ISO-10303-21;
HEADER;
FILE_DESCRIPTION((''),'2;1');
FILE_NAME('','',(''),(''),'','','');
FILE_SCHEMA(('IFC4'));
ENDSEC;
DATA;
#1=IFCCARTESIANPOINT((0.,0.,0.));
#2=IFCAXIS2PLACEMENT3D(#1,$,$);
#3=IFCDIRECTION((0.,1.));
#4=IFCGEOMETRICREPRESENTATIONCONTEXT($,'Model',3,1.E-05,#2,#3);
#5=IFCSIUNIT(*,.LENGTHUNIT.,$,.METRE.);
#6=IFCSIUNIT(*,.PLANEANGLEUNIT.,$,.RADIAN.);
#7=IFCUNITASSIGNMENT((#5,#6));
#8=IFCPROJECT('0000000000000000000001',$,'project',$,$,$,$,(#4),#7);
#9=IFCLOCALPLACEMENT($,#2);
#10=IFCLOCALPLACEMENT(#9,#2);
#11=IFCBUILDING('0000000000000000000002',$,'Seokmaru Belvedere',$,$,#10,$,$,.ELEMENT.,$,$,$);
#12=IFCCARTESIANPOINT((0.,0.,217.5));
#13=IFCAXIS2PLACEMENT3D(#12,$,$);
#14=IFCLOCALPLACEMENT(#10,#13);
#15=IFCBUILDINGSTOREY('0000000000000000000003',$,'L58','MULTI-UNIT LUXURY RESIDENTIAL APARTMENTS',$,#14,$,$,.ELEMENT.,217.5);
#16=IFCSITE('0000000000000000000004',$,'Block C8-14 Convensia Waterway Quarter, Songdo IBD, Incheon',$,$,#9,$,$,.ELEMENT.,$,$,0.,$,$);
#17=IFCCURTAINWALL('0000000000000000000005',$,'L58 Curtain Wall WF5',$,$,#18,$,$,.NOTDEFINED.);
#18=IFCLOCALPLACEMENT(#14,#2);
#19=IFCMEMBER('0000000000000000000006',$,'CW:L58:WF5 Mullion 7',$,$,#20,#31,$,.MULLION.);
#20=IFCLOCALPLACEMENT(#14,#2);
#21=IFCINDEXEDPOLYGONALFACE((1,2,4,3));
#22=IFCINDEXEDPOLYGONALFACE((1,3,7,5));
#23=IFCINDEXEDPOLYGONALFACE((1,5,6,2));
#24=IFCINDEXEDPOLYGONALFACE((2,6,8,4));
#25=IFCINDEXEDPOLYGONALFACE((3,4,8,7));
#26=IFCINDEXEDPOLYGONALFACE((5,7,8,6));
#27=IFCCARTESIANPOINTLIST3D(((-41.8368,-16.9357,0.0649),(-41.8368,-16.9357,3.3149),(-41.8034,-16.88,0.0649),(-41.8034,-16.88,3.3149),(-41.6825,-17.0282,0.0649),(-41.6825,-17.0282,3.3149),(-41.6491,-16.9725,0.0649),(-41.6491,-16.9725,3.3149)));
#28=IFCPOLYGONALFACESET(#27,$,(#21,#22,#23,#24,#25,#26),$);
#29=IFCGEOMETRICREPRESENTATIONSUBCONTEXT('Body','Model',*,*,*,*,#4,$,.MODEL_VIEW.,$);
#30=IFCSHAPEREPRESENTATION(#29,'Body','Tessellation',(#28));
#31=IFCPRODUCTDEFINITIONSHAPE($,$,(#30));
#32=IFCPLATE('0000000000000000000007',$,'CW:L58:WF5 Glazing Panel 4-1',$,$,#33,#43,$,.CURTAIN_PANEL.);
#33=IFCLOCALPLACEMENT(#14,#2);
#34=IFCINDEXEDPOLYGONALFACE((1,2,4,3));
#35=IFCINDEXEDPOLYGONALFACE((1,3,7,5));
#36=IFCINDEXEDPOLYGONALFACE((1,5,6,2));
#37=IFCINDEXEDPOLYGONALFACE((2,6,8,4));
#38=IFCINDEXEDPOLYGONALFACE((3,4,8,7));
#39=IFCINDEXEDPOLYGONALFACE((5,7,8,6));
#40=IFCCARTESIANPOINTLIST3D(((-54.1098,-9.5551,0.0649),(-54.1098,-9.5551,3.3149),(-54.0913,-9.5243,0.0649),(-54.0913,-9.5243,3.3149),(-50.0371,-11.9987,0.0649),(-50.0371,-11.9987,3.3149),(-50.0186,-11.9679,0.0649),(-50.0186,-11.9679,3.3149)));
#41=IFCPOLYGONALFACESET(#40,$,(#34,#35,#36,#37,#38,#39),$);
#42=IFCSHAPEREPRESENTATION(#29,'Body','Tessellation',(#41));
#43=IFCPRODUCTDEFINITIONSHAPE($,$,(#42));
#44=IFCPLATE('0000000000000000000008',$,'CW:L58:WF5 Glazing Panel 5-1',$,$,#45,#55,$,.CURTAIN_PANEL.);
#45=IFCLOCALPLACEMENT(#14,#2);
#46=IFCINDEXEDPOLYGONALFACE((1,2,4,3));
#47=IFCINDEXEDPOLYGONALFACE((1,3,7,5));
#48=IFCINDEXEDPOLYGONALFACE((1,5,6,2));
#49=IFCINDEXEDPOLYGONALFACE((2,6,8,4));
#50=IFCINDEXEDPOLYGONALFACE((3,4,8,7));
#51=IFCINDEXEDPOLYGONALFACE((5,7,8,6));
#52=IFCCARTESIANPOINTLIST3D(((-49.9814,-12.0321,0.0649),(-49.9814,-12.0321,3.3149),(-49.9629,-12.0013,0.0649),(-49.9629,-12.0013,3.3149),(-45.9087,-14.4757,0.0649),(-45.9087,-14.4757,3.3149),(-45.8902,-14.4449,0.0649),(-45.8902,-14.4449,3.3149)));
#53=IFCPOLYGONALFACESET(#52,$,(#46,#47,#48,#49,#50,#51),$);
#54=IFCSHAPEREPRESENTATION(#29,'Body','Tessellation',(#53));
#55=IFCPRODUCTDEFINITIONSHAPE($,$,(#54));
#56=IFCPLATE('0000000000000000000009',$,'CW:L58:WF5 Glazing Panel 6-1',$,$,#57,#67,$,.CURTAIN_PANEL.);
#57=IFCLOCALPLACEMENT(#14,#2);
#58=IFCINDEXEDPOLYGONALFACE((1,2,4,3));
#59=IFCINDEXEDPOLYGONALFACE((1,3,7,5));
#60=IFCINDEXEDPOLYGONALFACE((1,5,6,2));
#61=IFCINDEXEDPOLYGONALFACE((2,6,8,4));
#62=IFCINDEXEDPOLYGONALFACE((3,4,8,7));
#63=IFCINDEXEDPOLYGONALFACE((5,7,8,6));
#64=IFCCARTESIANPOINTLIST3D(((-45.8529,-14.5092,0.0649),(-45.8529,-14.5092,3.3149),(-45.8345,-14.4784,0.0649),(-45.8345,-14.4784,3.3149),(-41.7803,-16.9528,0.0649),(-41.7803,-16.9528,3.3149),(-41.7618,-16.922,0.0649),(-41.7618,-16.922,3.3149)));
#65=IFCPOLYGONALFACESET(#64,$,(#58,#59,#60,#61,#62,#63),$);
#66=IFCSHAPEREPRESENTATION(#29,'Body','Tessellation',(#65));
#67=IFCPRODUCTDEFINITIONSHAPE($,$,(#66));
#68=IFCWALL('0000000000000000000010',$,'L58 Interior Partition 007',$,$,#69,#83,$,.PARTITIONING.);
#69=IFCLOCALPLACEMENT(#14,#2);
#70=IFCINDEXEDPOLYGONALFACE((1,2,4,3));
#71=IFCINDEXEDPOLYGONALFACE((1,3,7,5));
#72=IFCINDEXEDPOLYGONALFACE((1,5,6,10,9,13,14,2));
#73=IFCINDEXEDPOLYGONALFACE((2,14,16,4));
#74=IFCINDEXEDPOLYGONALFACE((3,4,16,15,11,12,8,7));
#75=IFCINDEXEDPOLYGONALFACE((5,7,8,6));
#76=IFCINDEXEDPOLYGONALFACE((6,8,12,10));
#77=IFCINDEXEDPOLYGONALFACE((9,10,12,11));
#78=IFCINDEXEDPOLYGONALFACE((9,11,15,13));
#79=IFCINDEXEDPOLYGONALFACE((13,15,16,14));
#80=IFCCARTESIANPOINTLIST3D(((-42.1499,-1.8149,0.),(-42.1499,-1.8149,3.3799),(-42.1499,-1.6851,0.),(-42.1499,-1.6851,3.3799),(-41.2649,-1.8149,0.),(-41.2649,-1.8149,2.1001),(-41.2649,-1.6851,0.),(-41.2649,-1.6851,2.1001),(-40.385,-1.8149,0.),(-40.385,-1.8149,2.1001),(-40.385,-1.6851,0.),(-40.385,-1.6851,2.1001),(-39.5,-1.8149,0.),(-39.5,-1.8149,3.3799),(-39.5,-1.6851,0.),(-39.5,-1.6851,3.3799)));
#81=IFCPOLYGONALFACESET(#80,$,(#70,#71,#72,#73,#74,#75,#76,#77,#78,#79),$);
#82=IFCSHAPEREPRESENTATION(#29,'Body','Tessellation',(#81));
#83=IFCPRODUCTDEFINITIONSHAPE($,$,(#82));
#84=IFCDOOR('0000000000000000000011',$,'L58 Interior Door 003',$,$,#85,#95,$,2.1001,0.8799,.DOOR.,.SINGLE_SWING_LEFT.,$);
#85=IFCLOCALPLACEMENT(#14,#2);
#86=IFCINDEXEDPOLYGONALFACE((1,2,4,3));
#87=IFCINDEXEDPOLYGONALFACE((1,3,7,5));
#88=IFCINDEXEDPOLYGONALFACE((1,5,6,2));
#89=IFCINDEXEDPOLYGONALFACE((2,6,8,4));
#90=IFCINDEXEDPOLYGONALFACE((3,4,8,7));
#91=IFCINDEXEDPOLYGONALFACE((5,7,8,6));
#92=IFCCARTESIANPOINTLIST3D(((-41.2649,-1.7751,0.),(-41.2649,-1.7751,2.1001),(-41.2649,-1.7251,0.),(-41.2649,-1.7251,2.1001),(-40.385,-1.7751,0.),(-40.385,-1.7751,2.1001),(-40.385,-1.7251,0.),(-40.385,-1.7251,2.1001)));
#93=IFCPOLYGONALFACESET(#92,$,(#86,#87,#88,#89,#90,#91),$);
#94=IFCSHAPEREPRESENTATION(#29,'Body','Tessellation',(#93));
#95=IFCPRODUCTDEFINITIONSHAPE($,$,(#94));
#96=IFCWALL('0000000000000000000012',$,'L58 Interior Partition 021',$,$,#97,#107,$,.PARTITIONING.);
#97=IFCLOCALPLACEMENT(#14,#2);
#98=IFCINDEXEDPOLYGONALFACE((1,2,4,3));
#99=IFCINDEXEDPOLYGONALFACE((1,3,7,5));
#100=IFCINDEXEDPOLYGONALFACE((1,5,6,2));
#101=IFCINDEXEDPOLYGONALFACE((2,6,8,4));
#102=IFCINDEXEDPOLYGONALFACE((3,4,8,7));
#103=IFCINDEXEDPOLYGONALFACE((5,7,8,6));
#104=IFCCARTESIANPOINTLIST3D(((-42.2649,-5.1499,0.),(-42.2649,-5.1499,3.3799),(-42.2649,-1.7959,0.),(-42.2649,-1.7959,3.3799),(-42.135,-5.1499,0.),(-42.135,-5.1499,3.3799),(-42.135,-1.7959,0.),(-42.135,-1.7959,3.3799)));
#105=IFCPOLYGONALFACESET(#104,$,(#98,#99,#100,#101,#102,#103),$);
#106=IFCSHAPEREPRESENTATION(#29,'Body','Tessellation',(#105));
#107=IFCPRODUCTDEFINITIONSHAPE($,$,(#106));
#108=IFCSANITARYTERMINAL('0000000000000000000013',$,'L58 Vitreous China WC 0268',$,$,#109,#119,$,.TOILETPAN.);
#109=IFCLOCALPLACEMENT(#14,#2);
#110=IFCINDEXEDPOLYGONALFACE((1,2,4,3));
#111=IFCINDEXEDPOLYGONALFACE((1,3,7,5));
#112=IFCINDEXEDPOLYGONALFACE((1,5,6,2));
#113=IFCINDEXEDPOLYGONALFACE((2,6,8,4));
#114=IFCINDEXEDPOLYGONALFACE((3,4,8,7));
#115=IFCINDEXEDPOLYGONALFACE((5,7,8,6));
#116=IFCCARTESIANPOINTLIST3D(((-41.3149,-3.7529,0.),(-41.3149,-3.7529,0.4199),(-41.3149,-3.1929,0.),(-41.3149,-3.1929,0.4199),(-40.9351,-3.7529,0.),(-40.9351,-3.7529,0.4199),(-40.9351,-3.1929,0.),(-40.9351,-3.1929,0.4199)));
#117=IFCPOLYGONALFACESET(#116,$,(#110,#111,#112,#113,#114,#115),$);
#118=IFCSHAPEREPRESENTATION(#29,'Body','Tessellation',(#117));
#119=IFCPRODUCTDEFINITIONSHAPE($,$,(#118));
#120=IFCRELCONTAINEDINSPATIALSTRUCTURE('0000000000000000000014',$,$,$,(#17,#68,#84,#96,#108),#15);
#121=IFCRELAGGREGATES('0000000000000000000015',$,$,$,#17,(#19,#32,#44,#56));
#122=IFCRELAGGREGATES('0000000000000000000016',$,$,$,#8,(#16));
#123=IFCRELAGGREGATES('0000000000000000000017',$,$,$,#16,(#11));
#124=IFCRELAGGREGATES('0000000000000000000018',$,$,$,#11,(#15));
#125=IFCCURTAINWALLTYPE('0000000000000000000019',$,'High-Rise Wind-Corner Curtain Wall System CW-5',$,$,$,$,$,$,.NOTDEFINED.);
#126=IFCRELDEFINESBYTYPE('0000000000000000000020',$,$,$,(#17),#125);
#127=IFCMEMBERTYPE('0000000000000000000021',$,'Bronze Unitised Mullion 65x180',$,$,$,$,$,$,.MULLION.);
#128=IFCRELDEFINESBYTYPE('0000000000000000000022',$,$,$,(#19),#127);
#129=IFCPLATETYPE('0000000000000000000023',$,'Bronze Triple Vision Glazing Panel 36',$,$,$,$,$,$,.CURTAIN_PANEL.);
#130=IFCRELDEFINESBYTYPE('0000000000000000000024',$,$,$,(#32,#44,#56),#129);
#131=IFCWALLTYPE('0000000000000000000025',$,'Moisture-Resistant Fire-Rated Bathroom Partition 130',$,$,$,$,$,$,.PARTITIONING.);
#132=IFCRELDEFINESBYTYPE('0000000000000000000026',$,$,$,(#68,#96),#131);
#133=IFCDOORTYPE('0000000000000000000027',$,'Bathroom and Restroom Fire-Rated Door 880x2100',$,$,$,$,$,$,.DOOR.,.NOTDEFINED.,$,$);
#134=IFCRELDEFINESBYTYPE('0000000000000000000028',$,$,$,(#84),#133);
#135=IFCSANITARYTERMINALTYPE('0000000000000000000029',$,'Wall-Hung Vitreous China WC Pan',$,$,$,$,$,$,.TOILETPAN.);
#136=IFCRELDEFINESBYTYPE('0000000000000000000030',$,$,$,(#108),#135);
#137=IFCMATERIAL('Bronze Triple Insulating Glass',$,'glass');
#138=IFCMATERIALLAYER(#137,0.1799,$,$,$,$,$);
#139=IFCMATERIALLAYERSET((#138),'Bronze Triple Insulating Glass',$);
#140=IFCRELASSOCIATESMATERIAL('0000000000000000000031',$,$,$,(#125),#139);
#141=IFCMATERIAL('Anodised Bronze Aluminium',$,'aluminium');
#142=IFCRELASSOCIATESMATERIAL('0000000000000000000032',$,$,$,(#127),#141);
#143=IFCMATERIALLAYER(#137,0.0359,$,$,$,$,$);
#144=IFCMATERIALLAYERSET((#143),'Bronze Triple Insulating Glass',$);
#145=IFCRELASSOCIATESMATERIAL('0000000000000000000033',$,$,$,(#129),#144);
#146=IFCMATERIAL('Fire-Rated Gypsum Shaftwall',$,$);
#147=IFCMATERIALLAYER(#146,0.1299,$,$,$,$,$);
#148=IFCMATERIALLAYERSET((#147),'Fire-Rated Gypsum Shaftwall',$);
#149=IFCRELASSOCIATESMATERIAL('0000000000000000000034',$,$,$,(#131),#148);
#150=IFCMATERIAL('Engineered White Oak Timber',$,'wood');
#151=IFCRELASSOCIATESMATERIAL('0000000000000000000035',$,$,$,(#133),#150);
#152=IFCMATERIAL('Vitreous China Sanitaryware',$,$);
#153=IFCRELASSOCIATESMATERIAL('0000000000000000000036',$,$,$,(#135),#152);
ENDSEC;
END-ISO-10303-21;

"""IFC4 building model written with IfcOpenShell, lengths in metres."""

from ifc_helpers import new_model, si_unit, direction, frame, frame_2d, origin, origin_2d, place, context, subcontext, project, spatial, rectangle, extrude, source, transform, mapped, material, layer, layer_set, material_profile, profile_set, type_object, type_shapes, element, fill, aggregate, save


model = new_model("IFC4")

# Units and contexts
model_context = context("Model", 3, precision=1e-05, world=origin(), true_north=direction((0.0, 1.0)))
body_context = subcontext(model_context, "Body", "Model", "MODEL_VIEW")
ifc_project = project(units=[si_unit("LENGTHUNIT", "METRE"), si_unit("PLANEANGLEUNIT", "RADIAN")], contexts=[model_context])

# Site, building, storey
site_placement = place(None, origin())
site = spatial("IfcSite", under=ifc_project, at=site_placement, Name="Block C8-14 Convensia Waterway Quarter, Songdo IBD, Incheon", CompositionType="ELEMENT", RefElevation=0.0)
building_placement = place(site_placement, origin())
building = spatial("IfcBuilding", under=site, at=building_placement, Name="Seokmaru Belvedere", CompositionType="ELEMENT")
storey_placement = place(building_placement, frame((0.0, 0.0, 217.5)))
storey = spatial("IfcBuildingStorey", under=building, at=storey_placement, Name="L58", Description="MULTI-UNIT LUXURY RESIDENTIAL APARTMENTS", CompositionType="ELEMENT", Elevation=217.5)

# Curtain wall, member, plates
ifc_material_1 = material(Name="Bronze Triple Insulating Glass", Category="glass")
ifc_layer_1 = layer(ifc_material_1, 0.1799)
ifc_layer_set_1 = layer_set([ifc_layer_1], Name="Bronze Triple Insulating Glass")
curtain_wall_type = type_object("IfcCurtainWallType", Name="High-Rise Wind-Corner Curtain Wall System CW-5", PredefinedType="NOTDEFINED", material=ifc_layer_set_1)
curtain_wall_placement = place(storey_placement, origin())
curtain_wall = element("IfcCurtainWall", 1, at=curtain_wall_placement, inside=storey, type_object=curtain_wall_type, Name="L58 Curtain Wall WF5", PredefinedType="NOTDEFINED")
ifc_material_2 = material(Name="Anodised Bronze Aluminium", Category="aluminium")
ifc_material_profile_1 = material_profile(ifc_material_2, rectangle(XDim=0.0649, YDim=0.1799, at=origin_2d()), Name="CW-M-65x180")
ifc_profile_set_1 = profile_set([ifc_material_profile_1], Name="Anodised Bronze Aluminium")
member_type = type_object("IfcMemberType", Name="Bronze Unitised Mullion 65x180", PredefinedType="MULLION", material=ifc_profile_set_1)
shared_shape_1 = source(origin(), body_context, "Body", "SweptSolid", [
    extrude(rectangle(XDim=0.0649, YDim=0.1799, at=origin_2d()), origin(), (0.0, 0.0, 1.0), 3.25),
])
type_shapes(member_type, [shared_shape_1])
member_1_placement = place(storey_placement, frame((-41.7429, -16.9541, 0.0649), z_axis=(0.0, 0.0, 1.0), x_axis=(0.514495, 0.857493, 0.0)))
member_1 = element("IfcMember", 2, at=member_1_placement, type_object=member_type, Name="CW:L58:WF5 Mullion 7", PredefinedType="MULLION", context=body_context, shape_type="MappedRepresentation", body=[
    mapped(shared_shape_1, transform((0.0, 0.0, 0.0), scale=1.0)),
])
ifc_layer_2 = layer(ifc_material_1, 0.0359)
ifc_layer_set_2 = layer_set([ifc_layer_2], Name="Bronze Triple Insulating Glass")
plate_type = type_object("IfcPlateType", Name="Bronze Triple Vision Glazing Panel 36", PredefinedType="CURTAIN_PANEL", material=ifc_layer_set_2)
shared_shape_2 = source(origin(), body_context, "Body", "SweptSolid", [
    extrude(rectangle(XDim=4.7495, YDim=0.0359, at=origin_2d()), origin(), (0.0, 0.0, 1.0), 3.25),
])
type_shapes(plate_type, [shared_shape_2])
plate_1_placement = place(storey_placement, frame((-52.0642, -10.7615, 0.0649), z_axis=(0.0, 0.0, 1.0), x_axis=(0.857493, -0.514495, 0.0)))
plate_1 = element("IfcPlate", 3, at=plate_1_placement, type_object=plate_type, Name="CW:L58:WF5 Glazing Panel 4-1", PredefinedType="CURTAIN_PANEL", context=body_context, shape_type="MappedRepresentation", body=[
    mapped(shared_shape_2, transform((0.0, 0.0, 0.0), scale=1.0)),
])
plate_2_placement = place(storey_placement, frame((-47.9358, -13.2385, 0.0649), z_axis=(0.0, 0.0, 1.0), x_axis=(0.857493, -0.514495, 0.0)))
plate_2 = element("IfcPlate", 4, at=plate_2_placement, type_object=plate_type, Name="CW:L58:WF5 Glazing Panel 5-1", PredefinedType="CURTAIN_PANEL", context=body_context, shape_type="MappedRepresentation", body=[
    mapped(shared_shape_2, transform((0.0, 0.0, 0.0), scale=1.0)),
])
plate_3_placement = place(storey_placement, frame((-43.8074, -15.7156, 0.0649), z_axis=(0.0, 0.0, 1.0), x_axis=(0.857493, -0.514495, 0.0)))
plate_3 = element("IfcPlate", 5, at=plate_3_placement, type_object=plate_type, Name="CW:L58:WF5 Glazing Panel 6-1", PredefinedType="CURTAIN_PANEL", context=body_context, shape_type="MappedRepresentation", body=[
    mapped(shared_shape_2, transform((0.0, 0.0, 0.0), scale=1.0)),
])
aggregate(curtain_wall, [member_1, plate_1, plate_2, plate_3])

# Wall, opening, door
ifc_material_3 = material(Name="Fire-Rated Gypsum Shaftwall")
ifc_material_4 = material(Name="Engineered White Oak Timber", Category="wood")
ifc_layer_3 = layer(ifc_material_3, 0.1299)
ifc_layer_set_3 = layer_set([ifc_layer_3], Name="Fire-Rated Gypsum Shaftwall")
wall_type_1 = type_object("IfcWallType", Name="Moisture-Resistant Fire-Rated Bathroom Partition 130", PredefinedType="PARTITIONING", material=ifc_layer_set_3)
wall_1_placement = place(storey_placement, frame((-42.1499, -1.75, 0.0), z_axis=(0.0, 0.0, 1.0), x_axis=(1.0, 0.0, 0.0)))
wall_1 = element("IfcWall", 6, at=wall_1_placement, inside=storey, type_object=wall_type_1, Name="L58 Interior Partition 007", PredefinedType="PARTITIONING", context=body_context, shape_type="SweptSolid", body=[
    extrude(rectangle(XDim=2.6499, YDim=0.1299, at=frame_2d((1.325, 0.0))), origin(), (0.0, 0.0, 1.0), 3.3799),
])
opening_1_placement = place(wall_1_placement, frame((0.885, 0.0, 0.0)))
opening_1 = element("IfcOpeningElement", 7, at=opening_1_placement, cuts=wall_1, PredefinedType="OPENING", context=body_context, shape_type="SweptSolid", body=[
    extrude(rectangle(XDim=0.8799, YDim=2.1001, at=frame_2d((0.4399, 1.05))), frame((0.0, 0.075, 0.0), z_axis=(0.0, -1.0, 0.0), x_axis=(1.0, 0.0, 0.0)), (0.0, 0.0, 1.0), 0.1499),
])
door_type_1 = type_object("IfcDoorType", Name="Bathroom and Restroom Fire-Rated Door 880x2100", OperationType="NOTDEFINED", PredefinedType="DOOR", material=ifc_material_4)
shared_shape_3 = source(origin(), body_context, "Body", "SweptSolid", [
    extrude(rectangle(XDim=0.8799, YDim=2.1001, at=frame_2d((0.4399, 1.05))), frame((0.0, 0.0249, 0.0), z_axis=(0.0, -1.0, 0.0), x_axis=(1.0, 0.0, 0.0)), (0.0, 0.0, 1.0), 0.05),
])
type_shapes(door_type_1, [shared_shape_3])
door_1_placement = place(opening_1_placement, origin())
door_1 = element("IfcDoor", 8, at=door_1_placement, inside=storey, type_object=door_type_1, Name="L58 Interior Door 003", OperationType="SINGLE_SWING_LEFT", OverallHeight=2.1001, OverallWidth=0.8799, PredefinedType="DOOR", context=body_context, shape_type="MappedRepresentation", body=[
    mapped(shared_shape_3, transform((0.0, 0.0, 0.0), scale=1.0)),
])
fill(opening_1, door_1)

# Wall
wall_2_placement = place(storey_placement, frame((-42.2, -5.1499, 0.0), z_axis=(0.0, 0.0, 1.0), x_axis=(0.0, 1.0, 0.0)))
element("IfcWall", 9, at=wall_2_placement, inside=storey, type_object=wall_type_1, Name="L58 Interior Partition 021", PredefinedType="PARTITIONING", context=body_context, shape_type="SweptSolid", body=[
    extrude(rectangle(XDim=3.354, YDim=0.1299, at=frame_2d((1.677, 0.0))), origin(), (0.0, 0.0, 1.0), 3.3799),
])

# Sanitary terminal
ifc_material_5 = material(Name="Vitreous China Sanitaryware")
sanitary_terminal_type = type_object("IfcSanitaryTerminalType", Name="Wall-Hung Vitreous China WC Pan", PredefinedType="TOILETPAN", material=ifc_material_5)
shared_shape_4 = source(origin(), body_context, "Body", "SweptSolid", [
    extrude(rectangle(XDim=0.3799, YDim=0.5601, at=origin_2d()), origin(), (0.0, 0.0, 1.0), 0.4199),
])
type_shapes(sanitary_terminal_type, [shared_shape_4])
sanitary_terminal_placement = place(storey_placement, frame((-41.125, -3.4729, 0.0), z_axis=(0.0, 0.0, 1.0), x_axis=(1.0, 0.0, 0.0)))
element("IfcSanitaryTerminal", 10, at=sanitary_terminal_placement, inside=storey, type_object=sanitary_terminal_type, Name="L58 Vitreous China WC 0268", PredefinedType="TOILETPAN", context=body_context, shape_type="MappedRepresentation", body=[
    mapped(shared_shape_4, transform((0.0, 0.0, 0.0), scale=1.0)),
])

save(model, "model.ifc")
